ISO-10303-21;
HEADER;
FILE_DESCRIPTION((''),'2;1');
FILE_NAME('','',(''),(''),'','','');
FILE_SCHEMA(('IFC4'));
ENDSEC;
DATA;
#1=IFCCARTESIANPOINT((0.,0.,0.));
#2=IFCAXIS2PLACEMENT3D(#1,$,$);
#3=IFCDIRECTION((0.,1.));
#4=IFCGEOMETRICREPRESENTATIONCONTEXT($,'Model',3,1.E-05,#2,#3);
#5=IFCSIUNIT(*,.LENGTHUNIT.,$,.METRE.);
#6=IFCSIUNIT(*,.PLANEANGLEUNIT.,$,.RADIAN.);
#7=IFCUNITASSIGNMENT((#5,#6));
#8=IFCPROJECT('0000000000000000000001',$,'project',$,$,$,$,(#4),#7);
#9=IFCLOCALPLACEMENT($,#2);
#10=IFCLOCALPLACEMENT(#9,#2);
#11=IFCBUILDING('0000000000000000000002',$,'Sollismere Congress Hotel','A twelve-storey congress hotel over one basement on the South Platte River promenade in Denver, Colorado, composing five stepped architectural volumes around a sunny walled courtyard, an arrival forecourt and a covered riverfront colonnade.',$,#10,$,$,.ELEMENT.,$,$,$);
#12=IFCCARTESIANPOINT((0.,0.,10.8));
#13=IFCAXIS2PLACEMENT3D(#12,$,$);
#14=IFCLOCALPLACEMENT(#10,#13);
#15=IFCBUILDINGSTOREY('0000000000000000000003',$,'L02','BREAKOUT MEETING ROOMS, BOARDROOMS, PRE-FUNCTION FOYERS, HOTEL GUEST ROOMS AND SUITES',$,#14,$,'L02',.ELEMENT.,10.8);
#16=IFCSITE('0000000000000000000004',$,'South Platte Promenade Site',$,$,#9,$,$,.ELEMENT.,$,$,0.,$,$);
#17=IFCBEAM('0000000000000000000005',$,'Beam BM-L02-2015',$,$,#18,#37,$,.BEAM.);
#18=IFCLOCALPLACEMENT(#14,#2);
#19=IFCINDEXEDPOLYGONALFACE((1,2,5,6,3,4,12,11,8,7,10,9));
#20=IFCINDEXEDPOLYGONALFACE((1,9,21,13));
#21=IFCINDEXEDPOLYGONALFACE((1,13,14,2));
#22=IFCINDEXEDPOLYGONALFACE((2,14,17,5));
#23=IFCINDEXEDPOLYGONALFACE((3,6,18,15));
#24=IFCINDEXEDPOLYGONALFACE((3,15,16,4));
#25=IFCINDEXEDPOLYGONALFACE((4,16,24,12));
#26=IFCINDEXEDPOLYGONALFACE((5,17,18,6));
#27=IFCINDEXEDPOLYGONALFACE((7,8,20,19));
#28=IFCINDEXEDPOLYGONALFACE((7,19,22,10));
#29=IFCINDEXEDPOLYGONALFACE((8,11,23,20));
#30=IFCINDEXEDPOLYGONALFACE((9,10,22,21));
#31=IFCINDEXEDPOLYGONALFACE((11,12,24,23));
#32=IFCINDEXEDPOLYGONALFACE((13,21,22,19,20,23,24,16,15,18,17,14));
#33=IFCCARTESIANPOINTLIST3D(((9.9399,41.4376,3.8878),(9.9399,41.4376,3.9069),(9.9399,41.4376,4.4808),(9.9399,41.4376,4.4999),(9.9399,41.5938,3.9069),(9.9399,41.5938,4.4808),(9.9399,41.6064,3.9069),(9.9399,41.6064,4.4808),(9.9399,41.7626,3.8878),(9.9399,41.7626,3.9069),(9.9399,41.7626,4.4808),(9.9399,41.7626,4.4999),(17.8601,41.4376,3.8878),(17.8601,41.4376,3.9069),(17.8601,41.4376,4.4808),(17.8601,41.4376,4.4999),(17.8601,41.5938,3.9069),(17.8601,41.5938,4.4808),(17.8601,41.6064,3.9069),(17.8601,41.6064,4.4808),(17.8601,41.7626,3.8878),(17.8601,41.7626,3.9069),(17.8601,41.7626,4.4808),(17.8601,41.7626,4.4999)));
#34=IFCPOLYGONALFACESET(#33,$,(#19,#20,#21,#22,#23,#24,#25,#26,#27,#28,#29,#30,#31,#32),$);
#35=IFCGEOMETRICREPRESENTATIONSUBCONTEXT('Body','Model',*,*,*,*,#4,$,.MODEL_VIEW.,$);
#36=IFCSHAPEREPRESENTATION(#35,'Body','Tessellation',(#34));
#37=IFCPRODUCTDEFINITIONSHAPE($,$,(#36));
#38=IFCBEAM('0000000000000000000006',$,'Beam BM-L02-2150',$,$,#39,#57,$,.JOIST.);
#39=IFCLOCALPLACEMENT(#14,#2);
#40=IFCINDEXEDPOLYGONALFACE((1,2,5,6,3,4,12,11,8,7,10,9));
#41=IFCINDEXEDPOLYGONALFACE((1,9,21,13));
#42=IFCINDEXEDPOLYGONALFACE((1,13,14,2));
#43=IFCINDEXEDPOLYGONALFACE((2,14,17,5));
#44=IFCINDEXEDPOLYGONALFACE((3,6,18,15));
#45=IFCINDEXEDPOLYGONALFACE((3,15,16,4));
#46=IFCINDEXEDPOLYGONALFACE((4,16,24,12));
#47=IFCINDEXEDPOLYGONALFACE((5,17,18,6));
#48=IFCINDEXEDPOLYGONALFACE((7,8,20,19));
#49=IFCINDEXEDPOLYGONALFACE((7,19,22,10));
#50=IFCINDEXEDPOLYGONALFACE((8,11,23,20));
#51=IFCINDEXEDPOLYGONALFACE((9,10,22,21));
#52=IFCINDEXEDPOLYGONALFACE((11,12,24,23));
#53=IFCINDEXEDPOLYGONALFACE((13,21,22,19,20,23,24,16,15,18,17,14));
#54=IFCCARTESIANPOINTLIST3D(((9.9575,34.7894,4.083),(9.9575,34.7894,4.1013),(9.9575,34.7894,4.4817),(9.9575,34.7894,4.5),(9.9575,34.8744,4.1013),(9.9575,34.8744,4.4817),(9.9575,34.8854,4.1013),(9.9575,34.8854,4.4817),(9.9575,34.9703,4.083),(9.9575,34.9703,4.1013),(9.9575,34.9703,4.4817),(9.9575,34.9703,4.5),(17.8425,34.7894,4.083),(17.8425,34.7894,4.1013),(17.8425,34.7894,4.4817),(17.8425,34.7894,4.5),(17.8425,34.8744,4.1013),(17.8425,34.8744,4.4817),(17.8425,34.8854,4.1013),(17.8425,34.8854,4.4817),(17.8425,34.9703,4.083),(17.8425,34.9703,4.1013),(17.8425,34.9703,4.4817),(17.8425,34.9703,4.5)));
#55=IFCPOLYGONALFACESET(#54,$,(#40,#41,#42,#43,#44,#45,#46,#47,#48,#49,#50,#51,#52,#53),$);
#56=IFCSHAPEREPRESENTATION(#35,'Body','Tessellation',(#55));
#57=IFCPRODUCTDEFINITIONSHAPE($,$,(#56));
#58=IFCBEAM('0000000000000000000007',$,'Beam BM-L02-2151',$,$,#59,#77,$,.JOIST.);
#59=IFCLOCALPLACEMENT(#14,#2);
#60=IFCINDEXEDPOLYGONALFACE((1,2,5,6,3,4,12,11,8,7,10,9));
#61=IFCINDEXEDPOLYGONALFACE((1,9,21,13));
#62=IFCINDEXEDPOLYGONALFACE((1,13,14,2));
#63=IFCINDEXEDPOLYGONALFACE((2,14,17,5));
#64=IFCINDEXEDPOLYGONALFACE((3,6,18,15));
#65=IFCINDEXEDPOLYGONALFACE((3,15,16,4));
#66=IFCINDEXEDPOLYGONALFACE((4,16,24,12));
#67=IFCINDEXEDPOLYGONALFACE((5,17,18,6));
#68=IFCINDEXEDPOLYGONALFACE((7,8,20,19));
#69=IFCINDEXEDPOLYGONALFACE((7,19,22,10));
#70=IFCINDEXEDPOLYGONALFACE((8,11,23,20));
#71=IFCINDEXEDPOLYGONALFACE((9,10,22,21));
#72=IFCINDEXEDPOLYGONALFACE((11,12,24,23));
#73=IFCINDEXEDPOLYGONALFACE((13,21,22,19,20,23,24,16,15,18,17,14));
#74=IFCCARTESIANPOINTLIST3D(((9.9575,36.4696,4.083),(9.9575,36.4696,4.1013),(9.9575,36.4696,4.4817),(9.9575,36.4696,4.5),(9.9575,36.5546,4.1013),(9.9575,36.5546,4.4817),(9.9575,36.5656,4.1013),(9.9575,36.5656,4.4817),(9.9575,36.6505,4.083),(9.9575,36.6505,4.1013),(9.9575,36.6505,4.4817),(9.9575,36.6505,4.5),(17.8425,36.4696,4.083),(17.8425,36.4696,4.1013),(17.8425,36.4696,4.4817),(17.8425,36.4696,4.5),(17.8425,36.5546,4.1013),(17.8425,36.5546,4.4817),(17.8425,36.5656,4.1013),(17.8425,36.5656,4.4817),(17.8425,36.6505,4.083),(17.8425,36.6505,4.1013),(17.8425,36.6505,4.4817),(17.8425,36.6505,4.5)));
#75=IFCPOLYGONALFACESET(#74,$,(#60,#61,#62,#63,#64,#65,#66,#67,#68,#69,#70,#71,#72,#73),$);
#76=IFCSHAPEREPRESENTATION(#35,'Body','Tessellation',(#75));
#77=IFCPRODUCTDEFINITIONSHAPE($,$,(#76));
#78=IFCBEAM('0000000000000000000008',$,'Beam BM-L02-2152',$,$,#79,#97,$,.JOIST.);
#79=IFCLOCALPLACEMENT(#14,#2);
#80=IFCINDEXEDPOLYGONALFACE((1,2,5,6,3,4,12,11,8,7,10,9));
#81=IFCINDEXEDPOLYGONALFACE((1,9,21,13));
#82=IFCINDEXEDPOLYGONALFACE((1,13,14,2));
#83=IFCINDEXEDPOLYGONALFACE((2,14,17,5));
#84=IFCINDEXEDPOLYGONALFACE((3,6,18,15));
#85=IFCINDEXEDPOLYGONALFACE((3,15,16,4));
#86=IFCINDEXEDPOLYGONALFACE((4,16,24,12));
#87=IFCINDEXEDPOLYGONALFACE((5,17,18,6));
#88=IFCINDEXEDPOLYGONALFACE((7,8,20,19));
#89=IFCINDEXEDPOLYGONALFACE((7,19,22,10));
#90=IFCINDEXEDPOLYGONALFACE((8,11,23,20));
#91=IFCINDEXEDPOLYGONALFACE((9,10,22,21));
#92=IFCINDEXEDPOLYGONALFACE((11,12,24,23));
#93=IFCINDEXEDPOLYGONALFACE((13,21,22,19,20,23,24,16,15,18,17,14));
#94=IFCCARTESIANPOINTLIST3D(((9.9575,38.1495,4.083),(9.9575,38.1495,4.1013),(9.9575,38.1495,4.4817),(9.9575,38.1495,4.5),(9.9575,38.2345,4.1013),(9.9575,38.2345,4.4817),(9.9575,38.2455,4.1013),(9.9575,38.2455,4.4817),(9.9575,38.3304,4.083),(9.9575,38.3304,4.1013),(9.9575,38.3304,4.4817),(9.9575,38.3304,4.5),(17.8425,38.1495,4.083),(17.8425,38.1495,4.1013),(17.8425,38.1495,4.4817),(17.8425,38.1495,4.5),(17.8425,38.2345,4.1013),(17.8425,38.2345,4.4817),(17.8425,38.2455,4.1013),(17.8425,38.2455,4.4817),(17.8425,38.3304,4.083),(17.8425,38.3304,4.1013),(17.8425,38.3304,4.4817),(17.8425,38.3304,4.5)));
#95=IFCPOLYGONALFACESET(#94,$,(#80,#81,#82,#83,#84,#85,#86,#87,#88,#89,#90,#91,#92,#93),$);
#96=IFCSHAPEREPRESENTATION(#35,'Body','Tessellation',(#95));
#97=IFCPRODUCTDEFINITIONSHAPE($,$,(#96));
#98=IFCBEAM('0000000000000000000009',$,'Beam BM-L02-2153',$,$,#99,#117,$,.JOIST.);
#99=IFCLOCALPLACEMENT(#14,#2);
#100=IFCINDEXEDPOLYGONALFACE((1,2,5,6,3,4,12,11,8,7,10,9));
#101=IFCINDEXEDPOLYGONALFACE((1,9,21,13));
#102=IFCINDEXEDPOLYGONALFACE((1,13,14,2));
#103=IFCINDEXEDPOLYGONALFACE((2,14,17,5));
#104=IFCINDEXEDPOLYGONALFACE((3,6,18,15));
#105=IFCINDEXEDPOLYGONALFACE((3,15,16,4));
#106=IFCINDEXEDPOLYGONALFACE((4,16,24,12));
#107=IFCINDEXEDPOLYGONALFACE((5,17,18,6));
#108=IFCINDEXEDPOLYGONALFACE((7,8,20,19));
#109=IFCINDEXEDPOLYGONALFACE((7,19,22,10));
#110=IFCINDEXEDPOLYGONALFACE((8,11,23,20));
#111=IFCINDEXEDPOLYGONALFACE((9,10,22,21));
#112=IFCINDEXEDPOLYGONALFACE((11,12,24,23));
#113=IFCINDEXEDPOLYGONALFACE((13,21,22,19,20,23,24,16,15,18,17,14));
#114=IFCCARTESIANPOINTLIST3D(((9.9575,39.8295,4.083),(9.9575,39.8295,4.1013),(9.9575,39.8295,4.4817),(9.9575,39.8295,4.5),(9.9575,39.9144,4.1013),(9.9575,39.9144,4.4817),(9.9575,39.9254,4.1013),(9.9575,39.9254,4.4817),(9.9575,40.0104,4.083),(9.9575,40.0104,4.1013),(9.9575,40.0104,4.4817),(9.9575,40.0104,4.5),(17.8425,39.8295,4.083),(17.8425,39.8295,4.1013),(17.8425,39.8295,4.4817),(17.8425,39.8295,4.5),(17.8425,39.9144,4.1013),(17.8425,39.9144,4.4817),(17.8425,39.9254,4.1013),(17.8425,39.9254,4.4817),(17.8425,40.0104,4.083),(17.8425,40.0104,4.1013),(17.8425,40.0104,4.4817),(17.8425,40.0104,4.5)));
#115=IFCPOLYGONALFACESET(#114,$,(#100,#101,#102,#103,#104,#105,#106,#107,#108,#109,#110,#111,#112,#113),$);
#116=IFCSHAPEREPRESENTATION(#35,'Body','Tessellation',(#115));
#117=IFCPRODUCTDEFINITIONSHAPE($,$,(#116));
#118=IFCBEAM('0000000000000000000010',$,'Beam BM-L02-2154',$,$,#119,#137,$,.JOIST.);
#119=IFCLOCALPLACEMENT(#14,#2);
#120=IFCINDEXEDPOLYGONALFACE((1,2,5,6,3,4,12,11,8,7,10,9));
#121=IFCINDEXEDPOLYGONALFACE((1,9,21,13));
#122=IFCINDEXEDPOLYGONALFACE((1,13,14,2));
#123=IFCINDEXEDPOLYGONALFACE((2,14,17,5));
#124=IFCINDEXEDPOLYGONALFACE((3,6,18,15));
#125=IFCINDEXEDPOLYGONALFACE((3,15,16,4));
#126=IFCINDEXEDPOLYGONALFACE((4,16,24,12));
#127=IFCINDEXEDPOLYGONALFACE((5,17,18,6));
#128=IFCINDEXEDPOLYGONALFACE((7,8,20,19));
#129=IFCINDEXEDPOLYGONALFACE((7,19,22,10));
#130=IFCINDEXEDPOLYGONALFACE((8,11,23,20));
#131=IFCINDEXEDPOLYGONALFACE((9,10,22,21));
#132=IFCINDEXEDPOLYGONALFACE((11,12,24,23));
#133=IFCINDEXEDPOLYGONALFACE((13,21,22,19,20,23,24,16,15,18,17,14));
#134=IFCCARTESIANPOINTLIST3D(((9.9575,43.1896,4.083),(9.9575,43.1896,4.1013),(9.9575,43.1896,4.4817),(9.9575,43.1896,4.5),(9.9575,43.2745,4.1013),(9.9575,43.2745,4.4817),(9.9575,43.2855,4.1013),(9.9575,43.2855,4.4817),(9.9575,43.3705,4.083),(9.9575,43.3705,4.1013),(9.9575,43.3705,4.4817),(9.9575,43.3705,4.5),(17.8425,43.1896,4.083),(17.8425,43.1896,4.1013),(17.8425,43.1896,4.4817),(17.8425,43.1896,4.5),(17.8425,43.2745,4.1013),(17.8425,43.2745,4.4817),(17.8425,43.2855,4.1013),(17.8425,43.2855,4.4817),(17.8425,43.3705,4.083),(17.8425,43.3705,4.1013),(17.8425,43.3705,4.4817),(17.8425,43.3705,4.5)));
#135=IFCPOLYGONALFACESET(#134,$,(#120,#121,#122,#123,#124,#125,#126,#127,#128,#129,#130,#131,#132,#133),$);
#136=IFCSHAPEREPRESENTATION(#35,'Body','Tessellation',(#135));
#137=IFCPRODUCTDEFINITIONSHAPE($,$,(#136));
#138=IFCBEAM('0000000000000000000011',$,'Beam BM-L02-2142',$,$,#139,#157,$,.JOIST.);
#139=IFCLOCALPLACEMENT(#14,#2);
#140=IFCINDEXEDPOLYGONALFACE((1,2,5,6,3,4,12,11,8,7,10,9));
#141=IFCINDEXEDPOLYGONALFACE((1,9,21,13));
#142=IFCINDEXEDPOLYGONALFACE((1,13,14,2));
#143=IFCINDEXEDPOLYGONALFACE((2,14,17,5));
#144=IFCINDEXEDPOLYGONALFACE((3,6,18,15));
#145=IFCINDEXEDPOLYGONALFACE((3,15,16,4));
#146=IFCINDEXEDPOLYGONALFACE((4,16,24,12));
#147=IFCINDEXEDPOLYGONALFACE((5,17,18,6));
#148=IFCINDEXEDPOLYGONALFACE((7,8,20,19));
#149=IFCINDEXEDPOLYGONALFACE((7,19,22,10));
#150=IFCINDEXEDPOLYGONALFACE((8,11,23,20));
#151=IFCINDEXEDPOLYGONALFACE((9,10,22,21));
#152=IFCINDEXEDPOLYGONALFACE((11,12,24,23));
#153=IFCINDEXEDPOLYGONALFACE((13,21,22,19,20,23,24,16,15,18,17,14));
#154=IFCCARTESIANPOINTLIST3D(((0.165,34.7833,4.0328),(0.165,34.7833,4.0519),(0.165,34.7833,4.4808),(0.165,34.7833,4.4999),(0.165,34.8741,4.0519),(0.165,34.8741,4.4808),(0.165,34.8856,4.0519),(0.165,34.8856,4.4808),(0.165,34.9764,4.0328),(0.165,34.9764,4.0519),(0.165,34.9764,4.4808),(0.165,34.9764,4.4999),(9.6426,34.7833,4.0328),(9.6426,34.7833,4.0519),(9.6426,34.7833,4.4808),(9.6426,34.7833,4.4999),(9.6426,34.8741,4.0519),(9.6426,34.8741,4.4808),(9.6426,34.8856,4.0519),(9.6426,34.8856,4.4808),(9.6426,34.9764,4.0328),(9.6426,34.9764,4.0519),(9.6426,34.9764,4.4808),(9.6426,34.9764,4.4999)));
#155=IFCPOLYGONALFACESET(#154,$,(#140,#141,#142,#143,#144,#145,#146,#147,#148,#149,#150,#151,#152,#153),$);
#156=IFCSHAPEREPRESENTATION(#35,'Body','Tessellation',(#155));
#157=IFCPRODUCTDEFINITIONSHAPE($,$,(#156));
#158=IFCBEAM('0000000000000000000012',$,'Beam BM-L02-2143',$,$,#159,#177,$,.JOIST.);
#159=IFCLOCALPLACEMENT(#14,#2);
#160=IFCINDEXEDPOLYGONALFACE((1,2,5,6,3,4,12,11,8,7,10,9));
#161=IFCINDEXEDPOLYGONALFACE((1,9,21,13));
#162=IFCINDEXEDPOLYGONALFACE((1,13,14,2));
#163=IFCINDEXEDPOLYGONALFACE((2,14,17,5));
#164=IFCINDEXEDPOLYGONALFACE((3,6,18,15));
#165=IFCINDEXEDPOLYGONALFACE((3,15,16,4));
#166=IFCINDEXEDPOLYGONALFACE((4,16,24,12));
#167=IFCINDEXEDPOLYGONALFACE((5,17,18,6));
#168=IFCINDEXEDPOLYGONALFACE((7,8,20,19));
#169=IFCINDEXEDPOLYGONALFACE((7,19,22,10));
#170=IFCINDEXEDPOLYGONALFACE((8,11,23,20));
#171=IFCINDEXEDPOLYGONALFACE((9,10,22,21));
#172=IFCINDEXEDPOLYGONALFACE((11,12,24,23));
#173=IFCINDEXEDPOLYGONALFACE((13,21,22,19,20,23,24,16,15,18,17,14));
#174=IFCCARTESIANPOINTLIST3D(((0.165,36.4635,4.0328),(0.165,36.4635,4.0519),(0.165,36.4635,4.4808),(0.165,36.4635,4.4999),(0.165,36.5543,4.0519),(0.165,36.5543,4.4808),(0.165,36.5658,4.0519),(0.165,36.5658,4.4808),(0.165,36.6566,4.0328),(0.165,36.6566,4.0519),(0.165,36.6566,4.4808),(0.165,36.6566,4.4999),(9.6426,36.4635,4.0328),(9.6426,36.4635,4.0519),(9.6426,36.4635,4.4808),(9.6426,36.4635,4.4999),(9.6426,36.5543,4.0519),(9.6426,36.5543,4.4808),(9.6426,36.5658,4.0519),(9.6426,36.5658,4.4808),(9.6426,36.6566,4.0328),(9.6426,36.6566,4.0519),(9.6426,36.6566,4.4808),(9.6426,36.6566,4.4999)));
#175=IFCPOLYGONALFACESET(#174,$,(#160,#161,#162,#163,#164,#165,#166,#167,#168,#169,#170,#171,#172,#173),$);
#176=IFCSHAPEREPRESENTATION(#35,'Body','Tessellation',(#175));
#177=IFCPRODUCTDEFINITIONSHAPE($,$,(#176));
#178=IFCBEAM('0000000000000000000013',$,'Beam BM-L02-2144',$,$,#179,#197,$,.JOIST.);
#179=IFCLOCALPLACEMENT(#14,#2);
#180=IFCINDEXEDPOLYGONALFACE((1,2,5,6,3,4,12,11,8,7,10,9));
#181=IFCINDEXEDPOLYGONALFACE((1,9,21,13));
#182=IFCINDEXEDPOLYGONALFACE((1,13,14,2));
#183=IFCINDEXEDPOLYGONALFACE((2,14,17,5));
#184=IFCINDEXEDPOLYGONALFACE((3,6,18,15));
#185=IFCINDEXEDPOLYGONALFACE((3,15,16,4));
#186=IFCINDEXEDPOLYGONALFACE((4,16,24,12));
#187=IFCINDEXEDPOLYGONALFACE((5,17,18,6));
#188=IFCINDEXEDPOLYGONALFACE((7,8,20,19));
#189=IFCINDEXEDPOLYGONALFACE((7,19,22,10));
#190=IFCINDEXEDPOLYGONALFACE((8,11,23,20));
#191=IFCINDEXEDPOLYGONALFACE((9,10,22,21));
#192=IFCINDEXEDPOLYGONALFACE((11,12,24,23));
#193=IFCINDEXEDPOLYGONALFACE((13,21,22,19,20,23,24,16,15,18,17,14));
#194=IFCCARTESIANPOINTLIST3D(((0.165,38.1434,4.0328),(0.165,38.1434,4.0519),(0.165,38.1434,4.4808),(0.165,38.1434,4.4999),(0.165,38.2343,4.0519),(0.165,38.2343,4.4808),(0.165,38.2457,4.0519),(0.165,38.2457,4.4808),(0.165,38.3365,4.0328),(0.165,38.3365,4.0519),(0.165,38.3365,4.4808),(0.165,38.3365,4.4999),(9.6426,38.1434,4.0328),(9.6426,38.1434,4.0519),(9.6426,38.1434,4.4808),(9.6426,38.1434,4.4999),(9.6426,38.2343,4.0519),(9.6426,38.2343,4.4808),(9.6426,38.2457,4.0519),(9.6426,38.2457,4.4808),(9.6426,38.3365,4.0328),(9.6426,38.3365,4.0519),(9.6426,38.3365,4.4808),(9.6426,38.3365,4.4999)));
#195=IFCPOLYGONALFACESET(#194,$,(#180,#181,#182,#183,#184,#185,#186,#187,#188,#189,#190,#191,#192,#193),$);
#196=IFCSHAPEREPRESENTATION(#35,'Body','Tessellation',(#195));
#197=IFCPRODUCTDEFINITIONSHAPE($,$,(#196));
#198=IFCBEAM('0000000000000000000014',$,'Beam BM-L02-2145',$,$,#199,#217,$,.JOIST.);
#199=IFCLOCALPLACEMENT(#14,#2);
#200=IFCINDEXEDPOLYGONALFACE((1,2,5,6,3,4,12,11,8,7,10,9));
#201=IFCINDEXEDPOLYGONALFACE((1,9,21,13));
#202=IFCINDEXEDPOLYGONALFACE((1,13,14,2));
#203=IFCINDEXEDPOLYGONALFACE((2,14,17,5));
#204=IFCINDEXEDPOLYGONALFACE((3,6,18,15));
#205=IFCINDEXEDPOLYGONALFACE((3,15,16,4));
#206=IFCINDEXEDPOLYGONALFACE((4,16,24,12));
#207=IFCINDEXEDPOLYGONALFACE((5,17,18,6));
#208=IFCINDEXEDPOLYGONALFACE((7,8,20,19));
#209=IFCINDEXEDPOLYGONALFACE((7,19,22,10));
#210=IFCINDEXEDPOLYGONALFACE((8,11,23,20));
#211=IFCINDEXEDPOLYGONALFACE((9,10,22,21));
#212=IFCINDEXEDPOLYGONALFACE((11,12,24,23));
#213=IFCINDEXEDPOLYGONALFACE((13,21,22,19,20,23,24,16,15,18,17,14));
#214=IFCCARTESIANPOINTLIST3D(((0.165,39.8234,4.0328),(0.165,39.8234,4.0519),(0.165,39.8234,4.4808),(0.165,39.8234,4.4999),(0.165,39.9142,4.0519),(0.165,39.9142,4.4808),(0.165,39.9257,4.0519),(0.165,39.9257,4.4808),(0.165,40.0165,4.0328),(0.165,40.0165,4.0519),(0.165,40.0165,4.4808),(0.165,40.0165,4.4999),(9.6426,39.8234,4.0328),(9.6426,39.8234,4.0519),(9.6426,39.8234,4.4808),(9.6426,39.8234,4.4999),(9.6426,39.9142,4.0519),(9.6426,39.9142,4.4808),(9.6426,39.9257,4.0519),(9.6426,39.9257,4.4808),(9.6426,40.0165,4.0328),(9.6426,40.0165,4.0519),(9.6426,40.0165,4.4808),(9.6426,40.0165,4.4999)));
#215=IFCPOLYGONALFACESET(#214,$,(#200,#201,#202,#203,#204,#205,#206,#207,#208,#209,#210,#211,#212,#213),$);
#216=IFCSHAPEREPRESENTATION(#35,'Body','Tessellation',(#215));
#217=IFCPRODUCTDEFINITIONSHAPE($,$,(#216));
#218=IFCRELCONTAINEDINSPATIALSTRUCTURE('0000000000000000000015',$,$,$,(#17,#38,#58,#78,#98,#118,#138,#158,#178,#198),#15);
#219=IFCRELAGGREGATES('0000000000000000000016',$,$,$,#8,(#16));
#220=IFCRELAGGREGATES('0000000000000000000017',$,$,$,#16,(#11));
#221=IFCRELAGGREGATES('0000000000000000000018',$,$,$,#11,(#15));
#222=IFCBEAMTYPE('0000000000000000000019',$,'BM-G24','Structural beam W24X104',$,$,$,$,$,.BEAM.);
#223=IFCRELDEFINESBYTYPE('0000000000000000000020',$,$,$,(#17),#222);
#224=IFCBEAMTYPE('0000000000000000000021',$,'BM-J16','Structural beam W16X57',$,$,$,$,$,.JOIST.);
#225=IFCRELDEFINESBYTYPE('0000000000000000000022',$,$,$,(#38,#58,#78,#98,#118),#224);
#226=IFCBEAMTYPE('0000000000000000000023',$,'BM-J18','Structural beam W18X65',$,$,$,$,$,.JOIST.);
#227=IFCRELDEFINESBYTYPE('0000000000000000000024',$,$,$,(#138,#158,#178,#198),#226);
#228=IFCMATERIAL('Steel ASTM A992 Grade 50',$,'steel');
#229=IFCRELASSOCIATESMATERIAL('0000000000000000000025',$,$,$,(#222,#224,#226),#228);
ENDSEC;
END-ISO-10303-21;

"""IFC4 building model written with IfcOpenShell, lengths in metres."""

from ifc_helpers import new_model, si_unit, direction, frame, origin, origin_2d, place, context, subcontext, project, spatial, i_section, extrude, material, material_profile, profile_set, type_object, element, save


model = new_model("IFC4")

# Units and contexts
model_context = context("Model", 3, precision=1e-05, world=origin(), true_north=direction((0.0, 1.0)))
body_context = subcontext(model_context, "Body", "Model", "MODEL_VIEW")
ifc_project = project(units=[si_unit("LENGTHUNIT", "METRE"), si_unit("PLANEANGLEUNIT", "RADIAN")], contexts=[model_context])

# Site, building, storey
site_placement = place(None, origin())
site = spatial("IfcSite", under=ifc_project, at=site_placement, Name="South Platte Promenade Site", CompositionType="ELEMENT", RefElevation=0.0)
building_placement = place(site_placement, origin())
building = spatial("IfcBuilding", under=site, at=building_placement, Name="Sollismere Congress Hotel", Description="A twelve-storey congress hotel over one basement on the South Platte River promenade in Denver, Colorado, composing five stepped architectural volumes around a sunny walled courtyard, an arrival forecourt and a covered riverfront colonnade.", CompositionType="ELEMENT")
storey_placement = place(building_placement, frame((0.0, 0.0, 10.8)))
storey = spatial("IfcBuildingStorey", under=building, at=storey_placement, Name="L02", Description="BREAKOUT MEETING ROOMS, BOARDROOMS, PRE-FUNCTION FOYERS, HOTEL GUEST ROOMS AND SUITES", LongName="L02", CompositionType="ELEMENT", Elevation=10.8)

# Shared definitions
ifc_material_1 = material(Name="Steel ASTM A992 Grade 50", Category="steel")

# Beams
ifc_material_profile_1 = material_profile(ifc_material_1, i_section(OverallWidth=0.325, OverallDepth=0.6121, WebThickness=0.0127, FlangeThickness=0.019, at=origin_2d()), Name="W24X104")
ifc_profile_set_1 = profile_set([ifc_material_profile_1], Name="Steel ASTM A992 Grade 50")
beam_type_1 = type_object("IfcBeamType", Name="BM-G24", Description="Structural beam W24X104", PredefinedType="BEAM", material=ifc_profile_set_1)
beam_1_placement = place(storey_placement, frame((9.9399, 41.6001, 4.1938), z_axis=(1.0, 0.0, 0.0), x_axis=(0.0, 1.0, 0.0)))
element("IfcBeam", 1, at=beam_1_placement, inside=storey, type_object=beam_type_1, Name="Beam BM-L02-2015", PredefinedType="BEAM", context=body_context, shape_type="SweptSolid", body=[
    extrude(i_section(OverallWidth=0.325, OverallDepth=0.6121, WebThickness=0.0127, FlangeThickness=0.019, at=origin_2d()), origin(), (0.0, 0.0, 1.0), 7.9202),
])
ifc_material_profile_2 = material_profile(ifc_material_1, i_section(OverallWidth=0.1809, OverallDepth=0.417, WebThickness=0.011, FlangeThickness=0.0183, at=origin_2d()), Name="W16X57")
ifc_profile_set_2 = profile_set([ifc_material_profile_2], Name="Steel ASTM A992 Grade 50")
beam_type_2 = type_object("IfcBeamType", Name="BM-J16", Description="Structural beam W16X57", PredefinedType="JOIST", material=ifc_profile_set_2)
for number, where, z_axis, x_axis, name in (
    (2, (9.9575, 34.8799, 4.2915), (1.0, 0.0, 0.0), (0.0, 1.0, 0.0), "Beam BM-L02-2150"),
    (3, (9.9575, 36.5601, 4.2915), (1.0, 0.0, 0.0), (0.0, 1.0, 0.0), "Beam BM-L02-2151"),
    (4, (9.9575, 38.24, 4.2915), (1.0, 0.0, 0.0), (0.0, 1.0, 0.0), "Beam BM-L02-2152"),
    (5, (9.9575, 39.9199, 4.2915), (1.0, 0.0, 0.0), (0.0, 1.0, 0.0), "Beam BM-L02-2153"),
    (6, (9.9575, 43.28, 4.2915), (1.0, 0.0, 0.0), (0.0, 1.0, 0.0), "Beam BM-L02-2154"),
):
    element("IfcBeam", number, at=place(storey_placement, frame(where, z_axis=z_axis, x_axis=x_axis)), inside=storey, type_object=beam_type_2, Name=name, PredefinedType="JOIST", context=body_context, shape_type="SweptSolid", body=[
        extrude(i_section(OverallWidth=0.1809, OverallDepth=0.417, WebThickness=0.011, FlangeThickness=0.0183, at=origin_2d()), origin(), (0.0, 0.0, 1.0), 7.885),
    ])
ifc_material_profile_3 = material_profile(ifc_material_1, i_section(OverallWidth=0.1931, OverallDepth=0.467, WebThickness=0.0115, FlangeThickness=0.019, at=origin_2d()), Name="W18X65")
ifc_profile_set_3 = profile_set([ifc_material_profile_3], Name="Steel ASTM A992 Grade 50")
beam_type_3 = type_object("IfcBeamType", Name="BM-J18", Description="Structural beam W18X65", PredefinedType="JOIST", material=ifc_profile_set_3)
for number, where, z_axis, x_axis, name in (
    (7, (0.165, 34.8799, 4.2664), (1.0, 0.0, 0.0), (0.0, 1.0, 0.0), "Beam BM-L02-2142"),
    (8, (0.165, 36.5601, 4.2664), (1.0, 0.0, 0.0), (0.0, 1.0, 0.0), "Beam BM-L02-2143"),
    (9, (0.165, 38.24, 4.2664), (1.0, 0.0, 0.0), (0.0, 1.0, 0.0), "Beam BM-L02-2144"),
    (10, (0.165, 39.9199, 4.2664), (1.0, 0.0, 0.0), (0.0, 1.0, 0.0), "Beam BM-L02-2145"),
):
    element("IfcBeam", number, at=place(storey_placement, frame(where, z_axis=z_axis, x_axis=x_axis)), inside=storey, type_object=beam_type_3, Name=name, PredefinedType="JOIST", context=body_context, shape_type="SweptSolid", body=[
        extrude(i_section(OverallWidth=0.1931, OverallDepth=0.467, WebThickness=0.0115, FlangeThickness=0.019, at=origin_2d()), origin(), (0.0, 0.0, 1.0), 9.4775),
    ])

save(model, "model.ifc")
